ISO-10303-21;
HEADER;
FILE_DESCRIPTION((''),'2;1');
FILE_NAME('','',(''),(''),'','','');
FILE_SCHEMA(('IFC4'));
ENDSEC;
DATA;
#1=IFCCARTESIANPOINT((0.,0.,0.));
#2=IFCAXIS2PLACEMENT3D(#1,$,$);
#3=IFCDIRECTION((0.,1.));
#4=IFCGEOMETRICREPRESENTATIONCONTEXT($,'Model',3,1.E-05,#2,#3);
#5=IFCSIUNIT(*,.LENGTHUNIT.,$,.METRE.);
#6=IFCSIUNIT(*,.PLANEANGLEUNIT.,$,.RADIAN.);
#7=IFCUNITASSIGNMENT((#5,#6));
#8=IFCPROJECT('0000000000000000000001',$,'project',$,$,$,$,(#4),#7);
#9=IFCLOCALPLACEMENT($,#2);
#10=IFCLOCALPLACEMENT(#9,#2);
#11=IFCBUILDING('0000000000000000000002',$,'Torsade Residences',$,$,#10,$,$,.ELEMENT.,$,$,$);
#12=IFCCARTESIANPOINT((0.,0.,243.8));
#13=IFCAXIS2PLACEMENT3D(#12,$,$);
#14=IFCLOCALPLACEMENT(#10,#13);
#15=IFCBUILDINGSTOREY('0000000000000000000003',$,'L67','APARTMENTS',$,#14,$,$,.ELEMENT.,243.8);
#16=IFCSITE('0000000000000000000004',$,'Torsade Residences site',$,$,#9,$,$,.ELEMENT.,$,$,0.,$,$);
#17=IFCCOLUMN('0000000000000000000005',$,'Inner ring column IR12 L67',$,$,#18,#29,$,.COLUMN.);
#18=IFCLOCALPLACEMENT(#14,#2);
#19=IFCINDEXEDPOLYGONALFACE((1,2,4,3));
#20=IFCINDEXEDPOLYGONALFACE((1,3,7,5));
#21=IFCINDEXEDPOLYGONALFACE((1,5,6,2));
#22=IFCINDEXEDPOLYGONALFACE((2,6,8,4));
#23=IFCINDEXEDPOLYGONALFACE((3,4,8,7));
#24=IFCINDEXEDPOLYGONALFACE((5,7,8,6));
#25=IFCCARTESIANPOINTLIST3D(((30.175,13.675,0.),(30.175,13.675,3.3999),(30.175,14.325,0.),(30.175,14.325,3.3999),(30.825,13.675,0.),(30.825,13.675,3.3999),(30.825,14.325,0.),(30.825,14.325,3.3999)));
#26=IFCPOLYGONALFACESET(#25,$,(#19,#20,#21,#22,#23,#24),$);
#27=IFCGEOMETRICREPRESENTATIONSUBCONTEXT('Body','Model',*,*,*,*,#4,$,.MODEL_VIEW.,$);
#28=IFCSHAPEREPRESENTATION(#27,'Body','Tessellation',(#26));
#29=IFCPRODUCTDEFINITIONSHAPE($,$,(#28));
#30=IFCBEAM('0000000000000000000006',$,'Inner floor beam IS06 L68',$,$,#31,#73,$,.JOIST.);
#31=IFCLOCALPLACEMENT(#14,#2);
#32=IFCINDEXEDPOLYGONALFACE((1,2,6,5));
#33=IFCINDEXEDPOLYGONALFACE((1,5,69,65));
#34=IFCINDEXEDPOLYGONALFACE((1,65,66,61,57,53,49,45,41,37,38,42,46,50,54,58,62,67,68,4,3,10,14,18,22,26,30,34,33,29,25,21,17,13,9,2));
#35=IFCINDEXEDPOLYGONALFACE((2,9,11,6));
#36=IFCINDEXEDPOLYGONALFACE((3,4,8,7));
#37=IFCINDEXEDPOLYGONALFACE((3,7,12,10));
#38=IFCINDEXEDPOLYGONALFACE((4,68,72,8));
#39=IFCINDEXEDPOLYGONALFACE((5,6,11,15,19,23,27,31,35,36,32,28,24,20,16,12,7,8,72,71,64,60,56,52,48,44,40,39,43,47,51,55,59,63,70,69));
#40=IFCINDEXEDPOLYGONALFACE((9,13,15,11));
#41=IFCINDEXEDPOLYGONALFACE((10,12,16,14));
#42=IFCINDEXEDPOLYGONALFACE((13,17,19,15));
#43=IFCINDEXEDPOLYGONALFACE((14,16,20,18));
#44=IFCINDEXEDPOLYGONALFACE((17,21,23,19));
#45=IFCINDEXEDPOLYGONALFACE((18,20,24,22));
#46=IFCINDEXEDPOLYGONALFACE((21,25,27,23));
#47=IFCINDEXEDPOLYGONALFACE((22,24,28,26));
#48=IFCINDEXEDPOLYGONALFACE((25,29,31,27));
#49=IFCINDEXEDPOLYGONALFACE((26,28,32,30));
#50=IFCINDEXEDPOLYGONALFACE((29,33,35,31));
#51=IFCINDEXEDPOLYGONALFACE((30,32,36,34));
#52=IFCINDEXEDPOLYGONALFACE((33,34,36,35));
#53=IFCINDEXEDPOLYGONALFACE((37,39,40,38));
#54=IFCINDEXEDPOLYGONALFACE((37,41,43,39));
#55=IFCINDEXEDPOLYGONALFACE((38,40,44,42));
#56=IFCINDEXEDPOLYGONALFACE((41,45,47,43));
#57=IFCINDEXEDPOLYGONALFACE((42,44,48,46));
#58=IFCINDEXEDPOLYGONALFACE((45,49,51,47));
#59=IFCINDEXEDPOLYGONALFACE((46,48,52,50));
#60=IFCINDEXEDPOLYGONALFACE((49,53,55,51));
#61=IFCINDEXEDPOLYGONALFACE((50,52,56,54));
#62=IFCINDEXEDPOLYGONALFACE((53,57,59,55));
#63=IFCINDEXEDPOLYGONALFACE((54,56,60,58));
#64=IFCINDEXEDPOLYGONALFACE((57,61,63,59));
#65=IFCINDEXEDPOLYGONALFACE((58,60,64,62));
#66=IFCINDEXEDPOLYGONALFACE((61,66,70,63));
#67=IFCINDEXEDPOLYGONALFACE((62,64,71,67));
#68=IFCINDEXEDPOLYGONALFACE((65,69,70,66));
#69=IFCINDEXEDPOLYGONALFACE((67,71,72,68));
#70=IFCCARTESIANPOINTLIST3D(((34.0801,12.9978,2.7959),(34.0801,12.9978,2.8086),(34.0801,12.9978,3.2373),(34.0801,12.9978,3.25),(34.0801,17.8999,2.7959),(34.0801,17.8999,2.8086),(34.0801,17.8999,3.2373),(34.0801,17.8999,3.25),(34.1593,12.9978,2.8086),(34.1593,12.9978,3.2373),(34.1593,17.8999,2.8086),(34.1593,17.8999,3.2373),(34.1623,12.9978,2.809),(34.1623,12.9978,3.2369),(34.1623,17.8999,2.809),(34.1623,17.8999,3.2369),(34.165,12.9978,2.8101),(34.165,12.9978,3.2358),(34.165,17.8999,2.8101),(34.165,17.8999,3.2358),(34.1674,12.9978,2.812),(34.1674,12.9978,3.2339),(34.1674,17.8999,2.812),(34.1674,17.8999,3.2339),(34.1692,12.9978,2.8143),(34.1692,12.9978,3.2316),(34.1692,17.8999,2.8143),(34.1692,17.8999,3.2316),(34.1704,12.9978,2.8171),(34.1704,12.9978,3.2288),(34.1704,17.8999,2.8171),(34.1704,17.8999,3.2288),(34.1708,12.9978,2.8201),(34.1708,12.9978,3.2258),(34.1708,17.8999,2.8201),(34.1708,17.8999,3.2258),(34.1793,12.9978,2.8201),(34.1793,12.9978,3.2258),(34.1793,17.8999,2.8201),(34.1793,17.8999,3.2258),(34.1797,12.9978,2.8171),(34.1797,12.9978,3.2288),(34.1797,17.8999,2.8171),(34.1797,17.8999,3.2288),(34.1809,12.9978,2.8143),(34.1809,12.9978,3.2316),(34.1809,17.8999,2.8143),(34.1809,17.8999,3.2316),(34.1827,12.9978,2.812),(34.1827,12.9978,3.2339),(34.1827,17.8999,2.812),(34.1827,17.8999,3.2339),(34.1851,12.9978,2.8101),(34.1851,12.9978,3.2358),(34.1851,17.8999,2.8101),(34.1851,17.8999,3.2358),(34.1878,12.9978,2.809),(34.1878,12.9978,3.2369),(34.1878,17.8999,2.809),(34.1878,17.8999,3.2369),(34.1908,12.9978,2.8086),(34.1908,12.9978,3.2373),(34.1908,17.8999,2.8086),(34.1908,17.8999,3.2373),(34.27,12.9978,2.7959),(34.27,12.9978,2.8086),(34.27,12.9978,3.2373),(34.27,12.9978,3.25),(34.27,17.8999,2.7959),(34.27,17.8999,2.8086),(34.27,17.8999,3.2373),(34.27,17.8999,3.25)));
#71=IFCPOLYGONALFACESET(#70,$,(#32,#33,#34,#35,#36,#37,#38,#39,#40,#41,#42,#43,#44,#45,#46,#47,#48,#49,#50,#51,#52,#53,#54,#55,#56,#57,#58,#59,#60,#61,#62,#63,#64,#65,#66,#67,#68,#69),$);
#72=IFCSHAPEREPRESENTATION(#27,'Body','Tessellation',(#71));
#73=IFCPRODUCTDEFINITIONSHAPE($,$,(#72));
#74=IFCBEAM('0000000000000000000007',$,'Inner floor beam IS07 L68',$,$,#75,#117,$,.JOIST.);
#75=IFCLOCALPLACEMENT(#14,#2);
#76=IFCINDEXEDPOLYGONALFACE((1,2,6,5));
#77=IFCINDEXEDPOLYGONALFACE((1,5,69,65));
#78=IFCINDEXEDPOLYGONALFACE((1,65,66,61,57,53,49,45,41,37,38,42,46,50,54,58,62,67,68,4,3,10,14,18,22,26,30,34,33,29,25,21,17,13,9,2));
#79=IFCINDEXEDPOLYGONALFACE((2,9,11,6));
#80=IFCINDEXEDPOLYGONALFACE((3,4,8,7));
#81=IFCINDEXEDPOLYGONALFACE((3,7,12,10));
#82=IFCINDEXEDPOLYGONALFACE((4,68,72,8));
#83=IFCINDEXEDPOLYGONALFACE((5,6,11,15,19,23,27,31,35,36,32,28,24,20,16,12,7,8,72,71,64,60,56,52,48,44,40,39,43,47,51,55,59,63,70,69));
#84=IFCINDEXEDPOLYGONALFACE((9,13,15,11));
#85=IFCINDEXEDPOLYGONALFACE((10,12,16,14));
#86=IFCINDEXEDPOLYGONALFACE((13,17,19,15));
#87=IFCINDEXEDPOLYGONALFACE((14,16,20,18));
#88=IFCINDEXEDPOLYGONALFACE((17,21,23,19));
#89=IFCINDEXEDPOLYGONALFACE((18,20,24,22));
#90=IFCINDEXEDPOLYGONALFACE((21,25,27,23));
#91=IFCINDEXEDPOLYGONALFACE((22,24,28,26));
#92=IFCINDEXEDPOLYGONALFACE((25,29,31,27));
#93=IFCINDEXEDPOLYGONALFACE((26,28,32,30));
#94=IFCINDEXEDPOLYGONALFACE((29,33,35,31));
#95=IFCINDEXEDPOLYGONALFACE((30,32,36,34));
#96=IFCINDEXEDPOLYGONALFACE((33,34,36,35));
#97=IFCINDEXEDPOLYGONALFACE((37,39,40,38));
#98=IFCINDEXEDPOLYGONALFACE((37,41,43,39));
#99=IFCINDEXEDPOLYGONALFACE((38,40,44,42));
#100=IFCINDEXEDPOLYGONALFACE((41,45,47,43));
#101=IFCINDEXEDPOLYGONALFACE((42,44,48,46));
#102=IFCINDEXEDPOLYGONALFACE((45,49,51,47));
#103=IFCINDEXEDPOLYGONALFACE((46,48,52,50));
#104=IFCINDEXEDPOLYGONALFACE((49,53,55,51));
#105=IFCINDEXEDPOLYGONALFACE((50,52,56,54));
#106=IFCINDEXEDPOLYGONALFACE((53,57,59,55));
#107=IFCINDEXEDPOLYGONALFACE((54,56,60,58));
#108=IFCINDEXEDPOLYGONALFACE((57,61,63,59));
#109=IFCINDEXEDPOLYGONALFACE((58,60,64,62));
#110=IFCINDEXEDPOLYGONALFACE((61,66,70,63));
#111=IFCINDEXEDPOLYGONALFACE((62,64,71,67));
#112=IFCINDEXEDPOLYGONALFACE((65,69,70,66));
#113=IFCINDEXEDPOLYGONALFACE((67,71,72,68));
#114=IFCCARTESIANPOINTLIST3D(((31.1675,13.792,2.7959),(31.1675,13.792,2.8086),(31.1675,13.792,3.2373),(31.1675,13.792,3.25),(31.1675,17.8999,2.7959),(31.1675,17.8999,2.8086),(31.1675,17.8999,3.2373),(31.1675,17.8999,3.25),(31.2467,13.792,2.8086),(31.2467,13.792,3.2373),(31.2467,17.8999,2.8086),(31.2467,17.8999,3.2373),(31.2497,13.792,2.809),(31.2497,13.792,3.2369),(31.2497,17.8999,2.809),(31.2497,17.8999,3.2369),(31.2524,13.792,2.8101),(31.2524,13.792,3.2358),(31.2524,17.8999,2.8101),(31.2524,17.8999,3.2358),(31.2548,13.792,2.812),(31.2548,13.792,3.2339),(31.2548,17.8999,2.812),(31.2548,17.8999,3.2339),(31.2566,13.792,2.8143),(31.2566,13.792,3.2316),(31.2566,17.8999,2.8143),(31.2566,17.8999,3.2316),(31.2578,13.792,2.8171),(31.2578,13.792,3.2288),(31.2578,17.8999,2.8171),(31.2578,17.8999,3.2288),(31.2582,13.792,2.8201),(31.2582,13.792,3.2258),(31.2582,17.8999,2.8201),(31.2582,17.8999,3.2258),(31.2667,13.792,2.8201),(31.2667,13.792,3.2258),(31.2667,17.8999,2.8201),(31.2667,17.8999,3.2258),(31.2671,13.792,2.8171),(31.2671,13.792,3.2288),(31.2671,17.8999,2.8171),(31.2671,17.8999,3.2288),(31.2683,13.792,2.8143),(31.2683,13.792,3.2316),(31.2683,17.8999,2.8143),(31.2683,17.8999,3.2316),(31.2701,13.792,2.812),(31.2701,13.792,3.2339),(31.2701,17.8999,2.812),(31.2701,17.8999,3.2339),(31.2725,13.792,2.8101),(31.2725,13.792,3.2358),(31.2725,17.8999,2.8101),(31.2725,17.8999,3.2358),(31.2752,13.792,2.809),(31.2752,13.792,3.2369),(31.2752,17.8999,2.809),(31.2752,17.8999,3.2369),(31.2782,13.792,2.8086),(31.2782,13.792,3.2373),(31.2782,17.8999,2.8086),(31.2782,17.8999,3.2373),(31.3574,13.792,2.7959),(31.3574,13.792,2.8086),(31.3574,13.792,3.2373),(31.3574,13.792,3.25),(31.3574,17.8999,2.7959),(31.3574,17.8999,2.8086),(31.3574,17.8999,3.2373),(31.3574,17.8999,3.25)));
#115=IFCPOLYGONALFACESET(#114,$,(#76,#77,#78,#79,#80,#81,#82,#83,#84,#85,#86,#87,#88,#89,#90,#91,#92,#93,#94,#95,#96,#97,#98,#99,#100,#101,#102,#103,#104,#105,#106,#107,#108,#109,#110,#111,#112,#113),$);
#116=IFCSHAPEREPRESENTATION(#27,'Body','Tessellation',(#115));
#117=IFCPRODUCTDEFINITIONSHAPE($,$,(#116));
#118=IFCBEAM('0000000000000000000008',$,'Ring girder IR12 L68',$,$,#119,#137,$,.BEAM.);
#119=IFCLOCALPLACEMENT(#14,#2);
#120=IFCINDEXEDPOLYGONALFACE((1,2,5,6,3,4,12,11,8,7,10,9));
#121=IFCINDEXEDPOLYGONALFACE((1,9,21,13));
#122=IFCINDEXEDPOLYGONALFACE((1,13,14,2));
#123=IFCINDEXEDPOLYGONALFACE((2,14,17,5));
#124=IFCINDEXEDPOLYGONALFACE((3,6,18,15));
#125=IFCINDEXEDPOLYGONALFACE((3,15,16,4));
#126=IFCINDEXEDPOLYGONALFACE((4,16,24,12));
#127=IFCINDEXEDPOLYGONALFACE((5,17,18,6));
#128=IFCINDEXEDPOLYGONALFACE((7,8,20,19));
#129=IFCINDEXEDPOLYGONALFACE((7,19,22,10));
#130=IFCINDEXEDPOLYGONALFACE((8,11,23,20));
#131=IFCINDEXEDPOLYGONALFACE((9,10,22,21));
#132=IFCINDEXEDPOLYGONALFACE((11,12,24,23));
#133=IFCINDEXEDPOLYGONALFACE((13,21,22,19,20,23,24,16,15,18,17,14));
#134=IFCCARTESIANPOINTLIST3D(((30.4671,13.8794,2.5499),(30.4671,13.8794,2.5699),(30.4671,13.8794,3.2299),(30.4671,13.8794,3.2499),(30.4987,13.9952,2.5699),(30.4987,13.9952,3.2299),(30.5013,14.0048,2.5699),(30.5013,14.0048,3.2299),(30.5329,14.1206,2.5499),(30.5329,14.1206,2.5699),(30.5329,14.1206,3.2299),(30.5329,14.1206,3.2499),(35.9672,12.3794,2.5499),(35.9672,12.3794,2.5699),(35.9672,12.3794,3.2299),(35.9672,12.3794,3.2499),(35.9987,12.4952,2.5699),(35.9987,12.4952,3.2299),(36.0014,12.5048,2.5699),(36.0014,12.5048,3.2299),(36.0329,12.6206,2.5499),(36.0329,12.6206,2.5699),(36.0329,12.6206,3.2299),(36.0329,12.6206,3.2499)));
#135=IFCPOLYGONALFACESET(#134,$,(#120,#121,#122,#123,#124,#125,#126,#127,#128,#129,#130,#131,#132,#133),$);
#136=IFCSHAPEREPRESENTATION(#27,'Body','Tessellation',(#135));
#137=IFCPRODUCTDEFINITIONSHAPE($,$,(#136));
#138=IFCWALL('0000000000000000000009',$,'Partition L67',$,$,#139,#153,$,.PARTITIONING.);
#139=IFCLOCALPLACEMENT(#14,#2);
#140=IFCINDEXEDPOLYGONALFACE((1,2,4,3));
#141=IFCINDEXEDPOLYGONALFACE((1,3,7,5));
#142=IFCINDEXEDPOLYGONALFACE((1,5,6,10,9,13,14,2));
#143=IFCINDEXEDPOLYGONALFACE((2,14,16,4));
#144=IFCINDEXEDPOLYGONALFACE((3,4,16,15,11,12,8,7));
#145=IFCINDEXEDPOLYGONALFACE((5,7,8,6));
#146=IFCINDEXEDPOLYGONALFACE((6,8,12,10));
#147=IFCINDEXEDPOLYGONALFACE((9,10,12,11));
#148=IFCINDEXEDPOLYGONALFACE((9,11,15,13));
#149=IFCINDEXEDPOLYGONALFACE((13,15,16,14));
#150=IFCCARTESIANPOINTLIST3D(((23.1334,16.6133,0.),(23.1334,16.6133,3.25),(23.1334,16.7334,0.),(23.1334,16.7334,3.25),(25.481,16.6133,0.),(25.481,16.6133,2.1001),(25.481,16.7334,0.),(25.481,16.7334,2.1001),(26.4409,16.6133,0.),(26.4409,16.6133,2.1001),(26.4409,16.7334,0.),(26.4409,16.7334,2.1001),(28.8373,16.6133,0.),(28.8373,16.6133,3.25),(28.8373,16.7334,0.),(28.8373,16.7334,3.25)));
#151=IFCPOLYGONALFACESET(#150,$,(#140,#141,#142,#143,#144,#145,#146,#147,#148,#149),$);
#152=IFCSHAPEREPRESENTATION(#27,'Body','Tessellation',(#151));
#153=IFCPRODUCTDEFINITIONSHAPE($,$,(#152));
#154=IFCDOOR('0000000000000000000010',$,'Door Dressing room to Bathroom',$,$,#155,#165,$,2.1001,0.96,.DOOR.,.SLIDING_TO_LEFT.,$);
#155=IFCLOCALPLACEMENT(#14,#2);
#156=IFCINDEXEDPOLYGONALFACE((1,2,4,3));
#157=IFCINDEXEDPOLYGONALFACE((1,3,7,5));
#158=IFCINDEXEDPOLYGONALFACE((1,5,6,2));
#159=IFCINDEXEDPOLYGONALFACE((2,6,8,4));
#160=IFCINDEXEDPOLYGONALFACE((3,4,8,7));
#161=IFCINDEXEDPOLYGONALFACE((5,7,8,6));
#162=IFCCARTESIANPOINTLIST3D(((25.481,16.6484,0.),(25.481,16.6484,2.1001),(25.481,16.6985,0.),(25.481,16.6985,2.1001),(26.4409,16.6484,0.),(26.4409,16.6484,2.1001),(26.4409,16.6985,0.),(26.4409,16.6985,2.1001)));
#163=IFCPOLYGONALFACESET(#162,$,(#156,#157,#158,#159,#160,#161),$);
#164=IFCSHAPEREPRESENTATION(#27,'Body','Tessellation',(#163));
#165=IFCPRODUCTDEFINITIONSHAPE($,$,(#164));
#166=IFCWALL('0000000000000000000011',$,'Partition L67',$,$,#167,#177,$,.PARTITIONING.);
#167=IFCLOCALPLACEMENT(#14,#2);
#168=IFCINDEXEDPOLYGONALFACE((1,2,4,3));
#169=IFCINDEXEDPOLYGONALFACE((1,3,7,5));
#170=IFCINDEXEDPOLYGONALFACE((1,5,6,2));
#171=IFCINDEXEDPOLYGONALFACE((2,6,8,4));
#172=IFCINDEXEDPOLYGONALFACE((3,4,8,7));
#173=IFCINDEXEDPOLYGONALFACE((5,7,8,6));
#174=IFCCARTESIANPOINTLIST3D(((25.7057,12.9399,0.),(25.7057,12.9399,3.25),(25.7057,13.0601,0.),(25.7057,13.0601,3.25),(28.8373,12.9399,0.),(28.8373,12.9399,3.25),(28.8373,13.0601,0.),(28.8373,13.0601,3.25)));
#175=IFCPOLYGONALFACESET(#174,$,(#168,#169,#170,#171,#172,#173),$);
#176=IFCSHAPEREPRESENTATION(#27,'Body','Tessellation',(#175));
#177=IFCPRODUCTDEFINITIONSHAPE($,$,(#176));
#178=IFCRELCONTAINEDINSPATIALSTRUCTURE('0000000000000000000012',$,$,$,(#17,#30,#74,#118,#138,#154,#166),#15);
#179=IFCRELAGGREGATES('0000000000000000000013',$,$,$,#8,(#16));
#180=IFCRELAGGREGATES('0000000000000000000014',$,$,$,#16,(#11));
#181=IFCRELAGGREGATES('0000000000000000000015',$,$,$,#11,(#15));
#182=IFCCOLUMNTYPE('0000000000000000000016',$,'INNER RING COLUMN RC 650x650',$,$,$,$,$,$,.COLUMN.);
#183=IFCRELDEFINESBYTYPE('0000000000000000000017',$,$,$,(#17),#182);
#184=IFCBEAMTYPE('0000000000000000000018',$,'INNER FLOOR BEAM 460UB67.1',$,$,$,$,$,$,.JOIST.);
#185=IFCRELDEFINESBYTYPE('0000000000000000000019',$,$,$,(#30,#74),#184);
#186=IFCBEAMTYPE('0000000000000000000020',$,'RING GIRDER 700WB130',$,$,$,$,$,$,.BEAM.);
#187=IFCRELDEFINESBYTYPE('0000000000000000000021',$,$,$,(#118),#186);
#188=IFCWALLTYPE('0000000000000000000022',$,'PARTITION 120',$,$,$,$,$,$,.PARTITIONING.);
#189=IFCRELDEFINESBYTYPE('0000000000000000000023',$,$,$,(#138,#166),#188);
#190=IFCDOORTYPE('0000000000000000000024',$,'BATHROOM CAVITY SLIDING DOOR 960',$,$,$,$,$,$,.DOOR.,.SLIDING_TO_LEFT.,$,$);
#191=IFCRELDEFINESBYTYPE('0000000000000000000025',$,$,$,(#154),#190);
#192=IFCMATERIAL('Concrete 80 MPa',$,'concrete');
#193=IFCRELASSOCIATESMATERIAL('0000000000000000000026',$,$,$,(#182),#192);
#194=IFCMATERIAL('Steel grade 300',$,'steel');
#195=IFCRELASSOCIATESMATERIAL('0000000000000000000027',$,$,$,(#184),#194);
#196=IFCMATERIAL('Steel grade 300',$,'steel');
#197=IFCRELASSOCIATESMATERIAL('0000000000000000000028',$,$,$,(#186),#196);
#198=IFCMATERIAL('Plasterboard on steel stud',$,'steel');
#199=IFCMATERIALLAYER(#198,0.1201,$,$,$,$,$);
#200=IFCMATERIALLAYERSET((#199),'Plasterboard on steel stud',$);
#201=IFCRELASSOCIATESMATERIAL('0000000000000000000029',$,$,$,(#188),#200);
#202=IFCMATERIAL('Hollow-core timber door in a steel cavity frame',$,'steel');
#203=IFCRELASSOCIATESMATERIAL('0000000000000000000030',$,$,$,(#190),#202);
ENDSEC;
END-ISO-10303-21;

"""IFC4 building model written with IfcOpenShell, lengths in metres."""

from ifc_helpers import new_model, si_unit, direction, frame, frame_2d, origin, origin_2d, place, context, subcontext, project, spatial, rectangle, i_section, extrude, material, layer, layer_set, material_profile, profile_set, type_object, element, fill, save


model = new_model("IFC4")

# Units and contexts
model_context = context("Model", 3, precision=1e-05, world=origin(), true_north=direction((0.0, 1.0)))
body_context = subcontext(model_context, "Body", "Model", "MODEL_VIEW")
ifc_project = project(units=[si_unit("LENGTHUNIT", "METRE"), si_unit("PLANEANGLEUNIT", "RADIAN")], contexts=[model_context])

# Site, building, storey
site_placement = place(None, origin())
site = spatial("IfcSite", under=ifc_project, at=site_placement, Name="Torsade Residences site", CompositionType="ELEMENT", RefElevation=0.0)
building_placement = place(site_placement, origin())
building = spatial("IfcBuilding", under=site, at=building_placement, Name="Torsade Residences", CompositionType="ELEMENT")
storey_placement = place(building_placement, frame((0.0, 0.0, 243.8)))
storey = spatial("IfcBuildingStorey", under=building, at=storey_placement, Name="L67", Description="APARTMENTS", CompositionType="ELEMENT", Elevation=243.8)

# Column
ifc_material_1 = material(Name="Concrete 80 MPa", Category="concrete")
ifc_material_profile_1 = material_profile(ifc_material_1, rectangle(XDim=0.6499, YDim=0.6499, at=origin_2d()), Name="RC 650x650")
ifc_profile_set_1 = profile_set([ifc_material_profile_1], Name="Concrete 80 MPa")
column_type = type_object("IfcColumnType", Name="INNER RING COLUMN RC 650x650", PredefinedType="COLUMN", material=ifc_profile_set_1)
column_placement = place(storey_placement, frame((30.5, 14.0, 0.0), z_axis=(0.0, 0.0, 1.0), x_axis=(1.0, 0.0, 0.0)))
element("IfcColumn", 1, at=column_placement, inside=storey, type_object=column_type, Name="Inner ring column IR12 L67", PredefinedType="COLUMN", context=body_context, shape_type="SweptSolid", body=[
    extrude(rectangle(XDim=0.6499, YDim=0.6499, at=origin_2d()), origin(), (0.0, 0.0, 1.0), 3.3999),
])

# Beams
ifc_material_2 = material(Name="Steel grade 300", Category="steel")
ifc_material_profile_2 = material_profile(ifc_material_2, i_section(OverallWidth=0.1899, OverallDepth=0.4541, WebThickness=0.0085, FlangeThickness=0.0127, FilletRadius=0.0115, at=origin_2d()), Name="460UB67.1")
ifc_profile_set_2 = profile_set([ifc_material_profile_2], Name="Steel grade 300")
beam_type_1 = type_object("IfcBeamType", Name="INNER FLOOR BEAM 460UB67.1", PredefinedType="JOIST", material=ifc_profile_set_2)
beam_1_placement = place(storey_placement, frame((34.175, 17.8999, 3.0229), z_axis=(0.0, -1.0, 0.0), x_axis=(1.0, 0.0, 0.0)))
element("IfcBeam", 2, at=beam_1_placement, inside=storey, type_object=beam_type_1, Name="Inner floor beam IS06 L68", PredefinedType="JOIST", context=body_context, shape_type="SweptSolid", body=[
    extrude(i_section(OverallWidth=0.1899, OverallDepth=0.4541, WebThickness=0.0085, FlangeThickness=0.0127, FilletRadius=0.0115, at=origin_2d()), origin(), (0.0, 0.0, 1.0), 4.9021),
])
beam_2_placement = place(storey_placement, frame((31.2625, 17.8999, 3.0229), z_axis=(0.0, -1.0, 0.0), x_axis=(1.0, 0.0, 0.0)))
element("IfcBeam", 3, at=beam_2_placement, inside=storey, type_object=beam_type_1, Name="Inner floor beam IS07 L68", PredefinedType="JOIST", context=body_context, shape_type="SweptSolid", body=[
    extrude(i_section(OverallWidth=0.1899, OverallDepth=0.4541, WebThickness=0.0085, FlangeThickness=0.0127, FilletRadius=0.0115, at=origin_2d()), origin(), (0.0, 0.0, 1.0), 4.1079),
])
ifc_material_3 = material(Name="Steel grade 300", Category="steel")
ifc_material_profile_3 = material_profile(ifc_material_3, i_section(OverallWidth=0.25, OverallDepth=0.7, WebThickness=0.01, FlangeThickness=0.02, at=origin_2d()), Name="700WB130")
ifc_profile_set_3 = profile_set([ifc_material_profile_3], Name="Steel grade 300")
beam_type_2 = type_object("IfcBeamType", Name="RING GIRDER 700WB130", PredefinedType="BEAM", material=ifc_profile_set_3)
beam_3_placement = place(storey_placement, frame((30.5, 14.0, 2.8999), z_axis=(0.964764, -0.263117, 0.0), x_axis=(0.263117, 0.964764, 0.0)))
element("IfcBeam", 4, at=beam_3_placement, inside=storey, type_object=beam_type_2, Name="Ring girder IR12 L68", PredefinedType="BEAM", context=body_context, shape_type="SweptSolid", body=[
    extrude(i_section(OverallWidth=0.25, OverallDepth=0.7, WebThickness=0.01, FlangeThickness=0.02, at=origin_2d()), origin(), (0.0, 0.0, 1.0), 5.7009),
])

# Wall, opening, door
ifc_material_4 = material(Name="Plasterboard on steel stud", Category="steel")
ifc_layer_1 = layer(ifc_material_4, 0.1201)
ifc_layer_set_1 = layer_set([ifc_layer_1], Name="Plasterboard on steel stud")
wall_type_1 = type_object("IfcWallType", Name="PARTITION 120", PredefinedType="PARTITIONING", material=ifc_layer_set_1)
wall_1_placement = place(storey_placement, frame((28.8374, 16.6733, 0.0), z_axis=(0.0, 0.0, 1.0), x_axis=(-1.0, 0.0, 0.0)))
wall_1 = element("IfcWall", 5, at=wall_1_placement, inside=storey, type_object=wall_type_1, Name="Partition L67", PredefinedType="PARTITIONING", context=body_context, shape_type="SweptSolid", body=[
    extrude(rectangle(XDim=5.7039, YDim=0.1201, at=frame_2d((2.8521, 0.0))), origin(), (0.0, 0.0, 1.0), 3.25),
])
opening_1_placement = place(wall_1_placement, frame((2.3965, 0.0, 0.0)))
opening_1 = element("IfcOpeningElement", 6, at=opening_1_placement, cuts=wall_1, PredefinedType="OPENING", context=body_context, shape_type="SweptSolid", body=[
    extrude(rectangle(XDim=0.96, YDim=2.1001, at=frame_2d((0.48, 1.05))), frame((0.0, 0.0701, 0.0), z_axis=(0.0, -1.0, 0.0), x_axis=(1.0, 0.0, 0.0)), (0.0, 0.0, 1.0), 0.1401),
])
ifc_material_5 = material(Name="Hollow-core timber door in a steel cavity frame", Category="steel")
door_type_1 = type_object("IfcDoorType", Name="BATHROOM CAVITY SLIDING DOOR 960", OperationType="SLIDING_TO_LEFT", PredefinedType="DOOR", material=ifc_material_5)
door_1_placement = place(opening_1_placement, origin())
door_1 = element("IfcDoor", 7, at=door_1_placement, inside=storey, type_object=door_type_1, Name="Door Dressing room to Bathroom", OperationType="SLIDING_TO_LEFT", OverallHeight=2.1001, OverallWidth=0.96, PredefinedType="DOOR", context=body_context, shape_type="SweptSolid", body=[
    extrude(rectangle(XDim=0.96, YDim=2.1001, at=frame_2d((0.48, 1.05))), frame((0.0, 0.0249, 0.0), z_axis=(0.0, -1.0, 0.0), x_axis=(1.0, 0.0, 0.0)), (0.0, 0.0, 1.0), 0.05),
])
fill(opening_1, door_1)

# Wall
wall_2_placement = place(storey_placement, frame((28.8374, 13.0, 0.0), z_axis=(0.0, 0.0, 1.0), x_axis=(-1.0, 0.0, 0.0)))
element("IfcWall", 8, at=wall_2_placement, inside=storey, type_object=wall_type_1, Name="Partition L67", PredefinedType="PARTITIONING", context=body_context, shape_type="SweptSolid", body=[
    extrude(rectangle(XDim=3.1316, YDim=0.1201, at=frame_2d((1.5659, 0.0))), origin(), (0.0, 0.0, 1.0), 3.25),
])

save(model, "model.ifc")
